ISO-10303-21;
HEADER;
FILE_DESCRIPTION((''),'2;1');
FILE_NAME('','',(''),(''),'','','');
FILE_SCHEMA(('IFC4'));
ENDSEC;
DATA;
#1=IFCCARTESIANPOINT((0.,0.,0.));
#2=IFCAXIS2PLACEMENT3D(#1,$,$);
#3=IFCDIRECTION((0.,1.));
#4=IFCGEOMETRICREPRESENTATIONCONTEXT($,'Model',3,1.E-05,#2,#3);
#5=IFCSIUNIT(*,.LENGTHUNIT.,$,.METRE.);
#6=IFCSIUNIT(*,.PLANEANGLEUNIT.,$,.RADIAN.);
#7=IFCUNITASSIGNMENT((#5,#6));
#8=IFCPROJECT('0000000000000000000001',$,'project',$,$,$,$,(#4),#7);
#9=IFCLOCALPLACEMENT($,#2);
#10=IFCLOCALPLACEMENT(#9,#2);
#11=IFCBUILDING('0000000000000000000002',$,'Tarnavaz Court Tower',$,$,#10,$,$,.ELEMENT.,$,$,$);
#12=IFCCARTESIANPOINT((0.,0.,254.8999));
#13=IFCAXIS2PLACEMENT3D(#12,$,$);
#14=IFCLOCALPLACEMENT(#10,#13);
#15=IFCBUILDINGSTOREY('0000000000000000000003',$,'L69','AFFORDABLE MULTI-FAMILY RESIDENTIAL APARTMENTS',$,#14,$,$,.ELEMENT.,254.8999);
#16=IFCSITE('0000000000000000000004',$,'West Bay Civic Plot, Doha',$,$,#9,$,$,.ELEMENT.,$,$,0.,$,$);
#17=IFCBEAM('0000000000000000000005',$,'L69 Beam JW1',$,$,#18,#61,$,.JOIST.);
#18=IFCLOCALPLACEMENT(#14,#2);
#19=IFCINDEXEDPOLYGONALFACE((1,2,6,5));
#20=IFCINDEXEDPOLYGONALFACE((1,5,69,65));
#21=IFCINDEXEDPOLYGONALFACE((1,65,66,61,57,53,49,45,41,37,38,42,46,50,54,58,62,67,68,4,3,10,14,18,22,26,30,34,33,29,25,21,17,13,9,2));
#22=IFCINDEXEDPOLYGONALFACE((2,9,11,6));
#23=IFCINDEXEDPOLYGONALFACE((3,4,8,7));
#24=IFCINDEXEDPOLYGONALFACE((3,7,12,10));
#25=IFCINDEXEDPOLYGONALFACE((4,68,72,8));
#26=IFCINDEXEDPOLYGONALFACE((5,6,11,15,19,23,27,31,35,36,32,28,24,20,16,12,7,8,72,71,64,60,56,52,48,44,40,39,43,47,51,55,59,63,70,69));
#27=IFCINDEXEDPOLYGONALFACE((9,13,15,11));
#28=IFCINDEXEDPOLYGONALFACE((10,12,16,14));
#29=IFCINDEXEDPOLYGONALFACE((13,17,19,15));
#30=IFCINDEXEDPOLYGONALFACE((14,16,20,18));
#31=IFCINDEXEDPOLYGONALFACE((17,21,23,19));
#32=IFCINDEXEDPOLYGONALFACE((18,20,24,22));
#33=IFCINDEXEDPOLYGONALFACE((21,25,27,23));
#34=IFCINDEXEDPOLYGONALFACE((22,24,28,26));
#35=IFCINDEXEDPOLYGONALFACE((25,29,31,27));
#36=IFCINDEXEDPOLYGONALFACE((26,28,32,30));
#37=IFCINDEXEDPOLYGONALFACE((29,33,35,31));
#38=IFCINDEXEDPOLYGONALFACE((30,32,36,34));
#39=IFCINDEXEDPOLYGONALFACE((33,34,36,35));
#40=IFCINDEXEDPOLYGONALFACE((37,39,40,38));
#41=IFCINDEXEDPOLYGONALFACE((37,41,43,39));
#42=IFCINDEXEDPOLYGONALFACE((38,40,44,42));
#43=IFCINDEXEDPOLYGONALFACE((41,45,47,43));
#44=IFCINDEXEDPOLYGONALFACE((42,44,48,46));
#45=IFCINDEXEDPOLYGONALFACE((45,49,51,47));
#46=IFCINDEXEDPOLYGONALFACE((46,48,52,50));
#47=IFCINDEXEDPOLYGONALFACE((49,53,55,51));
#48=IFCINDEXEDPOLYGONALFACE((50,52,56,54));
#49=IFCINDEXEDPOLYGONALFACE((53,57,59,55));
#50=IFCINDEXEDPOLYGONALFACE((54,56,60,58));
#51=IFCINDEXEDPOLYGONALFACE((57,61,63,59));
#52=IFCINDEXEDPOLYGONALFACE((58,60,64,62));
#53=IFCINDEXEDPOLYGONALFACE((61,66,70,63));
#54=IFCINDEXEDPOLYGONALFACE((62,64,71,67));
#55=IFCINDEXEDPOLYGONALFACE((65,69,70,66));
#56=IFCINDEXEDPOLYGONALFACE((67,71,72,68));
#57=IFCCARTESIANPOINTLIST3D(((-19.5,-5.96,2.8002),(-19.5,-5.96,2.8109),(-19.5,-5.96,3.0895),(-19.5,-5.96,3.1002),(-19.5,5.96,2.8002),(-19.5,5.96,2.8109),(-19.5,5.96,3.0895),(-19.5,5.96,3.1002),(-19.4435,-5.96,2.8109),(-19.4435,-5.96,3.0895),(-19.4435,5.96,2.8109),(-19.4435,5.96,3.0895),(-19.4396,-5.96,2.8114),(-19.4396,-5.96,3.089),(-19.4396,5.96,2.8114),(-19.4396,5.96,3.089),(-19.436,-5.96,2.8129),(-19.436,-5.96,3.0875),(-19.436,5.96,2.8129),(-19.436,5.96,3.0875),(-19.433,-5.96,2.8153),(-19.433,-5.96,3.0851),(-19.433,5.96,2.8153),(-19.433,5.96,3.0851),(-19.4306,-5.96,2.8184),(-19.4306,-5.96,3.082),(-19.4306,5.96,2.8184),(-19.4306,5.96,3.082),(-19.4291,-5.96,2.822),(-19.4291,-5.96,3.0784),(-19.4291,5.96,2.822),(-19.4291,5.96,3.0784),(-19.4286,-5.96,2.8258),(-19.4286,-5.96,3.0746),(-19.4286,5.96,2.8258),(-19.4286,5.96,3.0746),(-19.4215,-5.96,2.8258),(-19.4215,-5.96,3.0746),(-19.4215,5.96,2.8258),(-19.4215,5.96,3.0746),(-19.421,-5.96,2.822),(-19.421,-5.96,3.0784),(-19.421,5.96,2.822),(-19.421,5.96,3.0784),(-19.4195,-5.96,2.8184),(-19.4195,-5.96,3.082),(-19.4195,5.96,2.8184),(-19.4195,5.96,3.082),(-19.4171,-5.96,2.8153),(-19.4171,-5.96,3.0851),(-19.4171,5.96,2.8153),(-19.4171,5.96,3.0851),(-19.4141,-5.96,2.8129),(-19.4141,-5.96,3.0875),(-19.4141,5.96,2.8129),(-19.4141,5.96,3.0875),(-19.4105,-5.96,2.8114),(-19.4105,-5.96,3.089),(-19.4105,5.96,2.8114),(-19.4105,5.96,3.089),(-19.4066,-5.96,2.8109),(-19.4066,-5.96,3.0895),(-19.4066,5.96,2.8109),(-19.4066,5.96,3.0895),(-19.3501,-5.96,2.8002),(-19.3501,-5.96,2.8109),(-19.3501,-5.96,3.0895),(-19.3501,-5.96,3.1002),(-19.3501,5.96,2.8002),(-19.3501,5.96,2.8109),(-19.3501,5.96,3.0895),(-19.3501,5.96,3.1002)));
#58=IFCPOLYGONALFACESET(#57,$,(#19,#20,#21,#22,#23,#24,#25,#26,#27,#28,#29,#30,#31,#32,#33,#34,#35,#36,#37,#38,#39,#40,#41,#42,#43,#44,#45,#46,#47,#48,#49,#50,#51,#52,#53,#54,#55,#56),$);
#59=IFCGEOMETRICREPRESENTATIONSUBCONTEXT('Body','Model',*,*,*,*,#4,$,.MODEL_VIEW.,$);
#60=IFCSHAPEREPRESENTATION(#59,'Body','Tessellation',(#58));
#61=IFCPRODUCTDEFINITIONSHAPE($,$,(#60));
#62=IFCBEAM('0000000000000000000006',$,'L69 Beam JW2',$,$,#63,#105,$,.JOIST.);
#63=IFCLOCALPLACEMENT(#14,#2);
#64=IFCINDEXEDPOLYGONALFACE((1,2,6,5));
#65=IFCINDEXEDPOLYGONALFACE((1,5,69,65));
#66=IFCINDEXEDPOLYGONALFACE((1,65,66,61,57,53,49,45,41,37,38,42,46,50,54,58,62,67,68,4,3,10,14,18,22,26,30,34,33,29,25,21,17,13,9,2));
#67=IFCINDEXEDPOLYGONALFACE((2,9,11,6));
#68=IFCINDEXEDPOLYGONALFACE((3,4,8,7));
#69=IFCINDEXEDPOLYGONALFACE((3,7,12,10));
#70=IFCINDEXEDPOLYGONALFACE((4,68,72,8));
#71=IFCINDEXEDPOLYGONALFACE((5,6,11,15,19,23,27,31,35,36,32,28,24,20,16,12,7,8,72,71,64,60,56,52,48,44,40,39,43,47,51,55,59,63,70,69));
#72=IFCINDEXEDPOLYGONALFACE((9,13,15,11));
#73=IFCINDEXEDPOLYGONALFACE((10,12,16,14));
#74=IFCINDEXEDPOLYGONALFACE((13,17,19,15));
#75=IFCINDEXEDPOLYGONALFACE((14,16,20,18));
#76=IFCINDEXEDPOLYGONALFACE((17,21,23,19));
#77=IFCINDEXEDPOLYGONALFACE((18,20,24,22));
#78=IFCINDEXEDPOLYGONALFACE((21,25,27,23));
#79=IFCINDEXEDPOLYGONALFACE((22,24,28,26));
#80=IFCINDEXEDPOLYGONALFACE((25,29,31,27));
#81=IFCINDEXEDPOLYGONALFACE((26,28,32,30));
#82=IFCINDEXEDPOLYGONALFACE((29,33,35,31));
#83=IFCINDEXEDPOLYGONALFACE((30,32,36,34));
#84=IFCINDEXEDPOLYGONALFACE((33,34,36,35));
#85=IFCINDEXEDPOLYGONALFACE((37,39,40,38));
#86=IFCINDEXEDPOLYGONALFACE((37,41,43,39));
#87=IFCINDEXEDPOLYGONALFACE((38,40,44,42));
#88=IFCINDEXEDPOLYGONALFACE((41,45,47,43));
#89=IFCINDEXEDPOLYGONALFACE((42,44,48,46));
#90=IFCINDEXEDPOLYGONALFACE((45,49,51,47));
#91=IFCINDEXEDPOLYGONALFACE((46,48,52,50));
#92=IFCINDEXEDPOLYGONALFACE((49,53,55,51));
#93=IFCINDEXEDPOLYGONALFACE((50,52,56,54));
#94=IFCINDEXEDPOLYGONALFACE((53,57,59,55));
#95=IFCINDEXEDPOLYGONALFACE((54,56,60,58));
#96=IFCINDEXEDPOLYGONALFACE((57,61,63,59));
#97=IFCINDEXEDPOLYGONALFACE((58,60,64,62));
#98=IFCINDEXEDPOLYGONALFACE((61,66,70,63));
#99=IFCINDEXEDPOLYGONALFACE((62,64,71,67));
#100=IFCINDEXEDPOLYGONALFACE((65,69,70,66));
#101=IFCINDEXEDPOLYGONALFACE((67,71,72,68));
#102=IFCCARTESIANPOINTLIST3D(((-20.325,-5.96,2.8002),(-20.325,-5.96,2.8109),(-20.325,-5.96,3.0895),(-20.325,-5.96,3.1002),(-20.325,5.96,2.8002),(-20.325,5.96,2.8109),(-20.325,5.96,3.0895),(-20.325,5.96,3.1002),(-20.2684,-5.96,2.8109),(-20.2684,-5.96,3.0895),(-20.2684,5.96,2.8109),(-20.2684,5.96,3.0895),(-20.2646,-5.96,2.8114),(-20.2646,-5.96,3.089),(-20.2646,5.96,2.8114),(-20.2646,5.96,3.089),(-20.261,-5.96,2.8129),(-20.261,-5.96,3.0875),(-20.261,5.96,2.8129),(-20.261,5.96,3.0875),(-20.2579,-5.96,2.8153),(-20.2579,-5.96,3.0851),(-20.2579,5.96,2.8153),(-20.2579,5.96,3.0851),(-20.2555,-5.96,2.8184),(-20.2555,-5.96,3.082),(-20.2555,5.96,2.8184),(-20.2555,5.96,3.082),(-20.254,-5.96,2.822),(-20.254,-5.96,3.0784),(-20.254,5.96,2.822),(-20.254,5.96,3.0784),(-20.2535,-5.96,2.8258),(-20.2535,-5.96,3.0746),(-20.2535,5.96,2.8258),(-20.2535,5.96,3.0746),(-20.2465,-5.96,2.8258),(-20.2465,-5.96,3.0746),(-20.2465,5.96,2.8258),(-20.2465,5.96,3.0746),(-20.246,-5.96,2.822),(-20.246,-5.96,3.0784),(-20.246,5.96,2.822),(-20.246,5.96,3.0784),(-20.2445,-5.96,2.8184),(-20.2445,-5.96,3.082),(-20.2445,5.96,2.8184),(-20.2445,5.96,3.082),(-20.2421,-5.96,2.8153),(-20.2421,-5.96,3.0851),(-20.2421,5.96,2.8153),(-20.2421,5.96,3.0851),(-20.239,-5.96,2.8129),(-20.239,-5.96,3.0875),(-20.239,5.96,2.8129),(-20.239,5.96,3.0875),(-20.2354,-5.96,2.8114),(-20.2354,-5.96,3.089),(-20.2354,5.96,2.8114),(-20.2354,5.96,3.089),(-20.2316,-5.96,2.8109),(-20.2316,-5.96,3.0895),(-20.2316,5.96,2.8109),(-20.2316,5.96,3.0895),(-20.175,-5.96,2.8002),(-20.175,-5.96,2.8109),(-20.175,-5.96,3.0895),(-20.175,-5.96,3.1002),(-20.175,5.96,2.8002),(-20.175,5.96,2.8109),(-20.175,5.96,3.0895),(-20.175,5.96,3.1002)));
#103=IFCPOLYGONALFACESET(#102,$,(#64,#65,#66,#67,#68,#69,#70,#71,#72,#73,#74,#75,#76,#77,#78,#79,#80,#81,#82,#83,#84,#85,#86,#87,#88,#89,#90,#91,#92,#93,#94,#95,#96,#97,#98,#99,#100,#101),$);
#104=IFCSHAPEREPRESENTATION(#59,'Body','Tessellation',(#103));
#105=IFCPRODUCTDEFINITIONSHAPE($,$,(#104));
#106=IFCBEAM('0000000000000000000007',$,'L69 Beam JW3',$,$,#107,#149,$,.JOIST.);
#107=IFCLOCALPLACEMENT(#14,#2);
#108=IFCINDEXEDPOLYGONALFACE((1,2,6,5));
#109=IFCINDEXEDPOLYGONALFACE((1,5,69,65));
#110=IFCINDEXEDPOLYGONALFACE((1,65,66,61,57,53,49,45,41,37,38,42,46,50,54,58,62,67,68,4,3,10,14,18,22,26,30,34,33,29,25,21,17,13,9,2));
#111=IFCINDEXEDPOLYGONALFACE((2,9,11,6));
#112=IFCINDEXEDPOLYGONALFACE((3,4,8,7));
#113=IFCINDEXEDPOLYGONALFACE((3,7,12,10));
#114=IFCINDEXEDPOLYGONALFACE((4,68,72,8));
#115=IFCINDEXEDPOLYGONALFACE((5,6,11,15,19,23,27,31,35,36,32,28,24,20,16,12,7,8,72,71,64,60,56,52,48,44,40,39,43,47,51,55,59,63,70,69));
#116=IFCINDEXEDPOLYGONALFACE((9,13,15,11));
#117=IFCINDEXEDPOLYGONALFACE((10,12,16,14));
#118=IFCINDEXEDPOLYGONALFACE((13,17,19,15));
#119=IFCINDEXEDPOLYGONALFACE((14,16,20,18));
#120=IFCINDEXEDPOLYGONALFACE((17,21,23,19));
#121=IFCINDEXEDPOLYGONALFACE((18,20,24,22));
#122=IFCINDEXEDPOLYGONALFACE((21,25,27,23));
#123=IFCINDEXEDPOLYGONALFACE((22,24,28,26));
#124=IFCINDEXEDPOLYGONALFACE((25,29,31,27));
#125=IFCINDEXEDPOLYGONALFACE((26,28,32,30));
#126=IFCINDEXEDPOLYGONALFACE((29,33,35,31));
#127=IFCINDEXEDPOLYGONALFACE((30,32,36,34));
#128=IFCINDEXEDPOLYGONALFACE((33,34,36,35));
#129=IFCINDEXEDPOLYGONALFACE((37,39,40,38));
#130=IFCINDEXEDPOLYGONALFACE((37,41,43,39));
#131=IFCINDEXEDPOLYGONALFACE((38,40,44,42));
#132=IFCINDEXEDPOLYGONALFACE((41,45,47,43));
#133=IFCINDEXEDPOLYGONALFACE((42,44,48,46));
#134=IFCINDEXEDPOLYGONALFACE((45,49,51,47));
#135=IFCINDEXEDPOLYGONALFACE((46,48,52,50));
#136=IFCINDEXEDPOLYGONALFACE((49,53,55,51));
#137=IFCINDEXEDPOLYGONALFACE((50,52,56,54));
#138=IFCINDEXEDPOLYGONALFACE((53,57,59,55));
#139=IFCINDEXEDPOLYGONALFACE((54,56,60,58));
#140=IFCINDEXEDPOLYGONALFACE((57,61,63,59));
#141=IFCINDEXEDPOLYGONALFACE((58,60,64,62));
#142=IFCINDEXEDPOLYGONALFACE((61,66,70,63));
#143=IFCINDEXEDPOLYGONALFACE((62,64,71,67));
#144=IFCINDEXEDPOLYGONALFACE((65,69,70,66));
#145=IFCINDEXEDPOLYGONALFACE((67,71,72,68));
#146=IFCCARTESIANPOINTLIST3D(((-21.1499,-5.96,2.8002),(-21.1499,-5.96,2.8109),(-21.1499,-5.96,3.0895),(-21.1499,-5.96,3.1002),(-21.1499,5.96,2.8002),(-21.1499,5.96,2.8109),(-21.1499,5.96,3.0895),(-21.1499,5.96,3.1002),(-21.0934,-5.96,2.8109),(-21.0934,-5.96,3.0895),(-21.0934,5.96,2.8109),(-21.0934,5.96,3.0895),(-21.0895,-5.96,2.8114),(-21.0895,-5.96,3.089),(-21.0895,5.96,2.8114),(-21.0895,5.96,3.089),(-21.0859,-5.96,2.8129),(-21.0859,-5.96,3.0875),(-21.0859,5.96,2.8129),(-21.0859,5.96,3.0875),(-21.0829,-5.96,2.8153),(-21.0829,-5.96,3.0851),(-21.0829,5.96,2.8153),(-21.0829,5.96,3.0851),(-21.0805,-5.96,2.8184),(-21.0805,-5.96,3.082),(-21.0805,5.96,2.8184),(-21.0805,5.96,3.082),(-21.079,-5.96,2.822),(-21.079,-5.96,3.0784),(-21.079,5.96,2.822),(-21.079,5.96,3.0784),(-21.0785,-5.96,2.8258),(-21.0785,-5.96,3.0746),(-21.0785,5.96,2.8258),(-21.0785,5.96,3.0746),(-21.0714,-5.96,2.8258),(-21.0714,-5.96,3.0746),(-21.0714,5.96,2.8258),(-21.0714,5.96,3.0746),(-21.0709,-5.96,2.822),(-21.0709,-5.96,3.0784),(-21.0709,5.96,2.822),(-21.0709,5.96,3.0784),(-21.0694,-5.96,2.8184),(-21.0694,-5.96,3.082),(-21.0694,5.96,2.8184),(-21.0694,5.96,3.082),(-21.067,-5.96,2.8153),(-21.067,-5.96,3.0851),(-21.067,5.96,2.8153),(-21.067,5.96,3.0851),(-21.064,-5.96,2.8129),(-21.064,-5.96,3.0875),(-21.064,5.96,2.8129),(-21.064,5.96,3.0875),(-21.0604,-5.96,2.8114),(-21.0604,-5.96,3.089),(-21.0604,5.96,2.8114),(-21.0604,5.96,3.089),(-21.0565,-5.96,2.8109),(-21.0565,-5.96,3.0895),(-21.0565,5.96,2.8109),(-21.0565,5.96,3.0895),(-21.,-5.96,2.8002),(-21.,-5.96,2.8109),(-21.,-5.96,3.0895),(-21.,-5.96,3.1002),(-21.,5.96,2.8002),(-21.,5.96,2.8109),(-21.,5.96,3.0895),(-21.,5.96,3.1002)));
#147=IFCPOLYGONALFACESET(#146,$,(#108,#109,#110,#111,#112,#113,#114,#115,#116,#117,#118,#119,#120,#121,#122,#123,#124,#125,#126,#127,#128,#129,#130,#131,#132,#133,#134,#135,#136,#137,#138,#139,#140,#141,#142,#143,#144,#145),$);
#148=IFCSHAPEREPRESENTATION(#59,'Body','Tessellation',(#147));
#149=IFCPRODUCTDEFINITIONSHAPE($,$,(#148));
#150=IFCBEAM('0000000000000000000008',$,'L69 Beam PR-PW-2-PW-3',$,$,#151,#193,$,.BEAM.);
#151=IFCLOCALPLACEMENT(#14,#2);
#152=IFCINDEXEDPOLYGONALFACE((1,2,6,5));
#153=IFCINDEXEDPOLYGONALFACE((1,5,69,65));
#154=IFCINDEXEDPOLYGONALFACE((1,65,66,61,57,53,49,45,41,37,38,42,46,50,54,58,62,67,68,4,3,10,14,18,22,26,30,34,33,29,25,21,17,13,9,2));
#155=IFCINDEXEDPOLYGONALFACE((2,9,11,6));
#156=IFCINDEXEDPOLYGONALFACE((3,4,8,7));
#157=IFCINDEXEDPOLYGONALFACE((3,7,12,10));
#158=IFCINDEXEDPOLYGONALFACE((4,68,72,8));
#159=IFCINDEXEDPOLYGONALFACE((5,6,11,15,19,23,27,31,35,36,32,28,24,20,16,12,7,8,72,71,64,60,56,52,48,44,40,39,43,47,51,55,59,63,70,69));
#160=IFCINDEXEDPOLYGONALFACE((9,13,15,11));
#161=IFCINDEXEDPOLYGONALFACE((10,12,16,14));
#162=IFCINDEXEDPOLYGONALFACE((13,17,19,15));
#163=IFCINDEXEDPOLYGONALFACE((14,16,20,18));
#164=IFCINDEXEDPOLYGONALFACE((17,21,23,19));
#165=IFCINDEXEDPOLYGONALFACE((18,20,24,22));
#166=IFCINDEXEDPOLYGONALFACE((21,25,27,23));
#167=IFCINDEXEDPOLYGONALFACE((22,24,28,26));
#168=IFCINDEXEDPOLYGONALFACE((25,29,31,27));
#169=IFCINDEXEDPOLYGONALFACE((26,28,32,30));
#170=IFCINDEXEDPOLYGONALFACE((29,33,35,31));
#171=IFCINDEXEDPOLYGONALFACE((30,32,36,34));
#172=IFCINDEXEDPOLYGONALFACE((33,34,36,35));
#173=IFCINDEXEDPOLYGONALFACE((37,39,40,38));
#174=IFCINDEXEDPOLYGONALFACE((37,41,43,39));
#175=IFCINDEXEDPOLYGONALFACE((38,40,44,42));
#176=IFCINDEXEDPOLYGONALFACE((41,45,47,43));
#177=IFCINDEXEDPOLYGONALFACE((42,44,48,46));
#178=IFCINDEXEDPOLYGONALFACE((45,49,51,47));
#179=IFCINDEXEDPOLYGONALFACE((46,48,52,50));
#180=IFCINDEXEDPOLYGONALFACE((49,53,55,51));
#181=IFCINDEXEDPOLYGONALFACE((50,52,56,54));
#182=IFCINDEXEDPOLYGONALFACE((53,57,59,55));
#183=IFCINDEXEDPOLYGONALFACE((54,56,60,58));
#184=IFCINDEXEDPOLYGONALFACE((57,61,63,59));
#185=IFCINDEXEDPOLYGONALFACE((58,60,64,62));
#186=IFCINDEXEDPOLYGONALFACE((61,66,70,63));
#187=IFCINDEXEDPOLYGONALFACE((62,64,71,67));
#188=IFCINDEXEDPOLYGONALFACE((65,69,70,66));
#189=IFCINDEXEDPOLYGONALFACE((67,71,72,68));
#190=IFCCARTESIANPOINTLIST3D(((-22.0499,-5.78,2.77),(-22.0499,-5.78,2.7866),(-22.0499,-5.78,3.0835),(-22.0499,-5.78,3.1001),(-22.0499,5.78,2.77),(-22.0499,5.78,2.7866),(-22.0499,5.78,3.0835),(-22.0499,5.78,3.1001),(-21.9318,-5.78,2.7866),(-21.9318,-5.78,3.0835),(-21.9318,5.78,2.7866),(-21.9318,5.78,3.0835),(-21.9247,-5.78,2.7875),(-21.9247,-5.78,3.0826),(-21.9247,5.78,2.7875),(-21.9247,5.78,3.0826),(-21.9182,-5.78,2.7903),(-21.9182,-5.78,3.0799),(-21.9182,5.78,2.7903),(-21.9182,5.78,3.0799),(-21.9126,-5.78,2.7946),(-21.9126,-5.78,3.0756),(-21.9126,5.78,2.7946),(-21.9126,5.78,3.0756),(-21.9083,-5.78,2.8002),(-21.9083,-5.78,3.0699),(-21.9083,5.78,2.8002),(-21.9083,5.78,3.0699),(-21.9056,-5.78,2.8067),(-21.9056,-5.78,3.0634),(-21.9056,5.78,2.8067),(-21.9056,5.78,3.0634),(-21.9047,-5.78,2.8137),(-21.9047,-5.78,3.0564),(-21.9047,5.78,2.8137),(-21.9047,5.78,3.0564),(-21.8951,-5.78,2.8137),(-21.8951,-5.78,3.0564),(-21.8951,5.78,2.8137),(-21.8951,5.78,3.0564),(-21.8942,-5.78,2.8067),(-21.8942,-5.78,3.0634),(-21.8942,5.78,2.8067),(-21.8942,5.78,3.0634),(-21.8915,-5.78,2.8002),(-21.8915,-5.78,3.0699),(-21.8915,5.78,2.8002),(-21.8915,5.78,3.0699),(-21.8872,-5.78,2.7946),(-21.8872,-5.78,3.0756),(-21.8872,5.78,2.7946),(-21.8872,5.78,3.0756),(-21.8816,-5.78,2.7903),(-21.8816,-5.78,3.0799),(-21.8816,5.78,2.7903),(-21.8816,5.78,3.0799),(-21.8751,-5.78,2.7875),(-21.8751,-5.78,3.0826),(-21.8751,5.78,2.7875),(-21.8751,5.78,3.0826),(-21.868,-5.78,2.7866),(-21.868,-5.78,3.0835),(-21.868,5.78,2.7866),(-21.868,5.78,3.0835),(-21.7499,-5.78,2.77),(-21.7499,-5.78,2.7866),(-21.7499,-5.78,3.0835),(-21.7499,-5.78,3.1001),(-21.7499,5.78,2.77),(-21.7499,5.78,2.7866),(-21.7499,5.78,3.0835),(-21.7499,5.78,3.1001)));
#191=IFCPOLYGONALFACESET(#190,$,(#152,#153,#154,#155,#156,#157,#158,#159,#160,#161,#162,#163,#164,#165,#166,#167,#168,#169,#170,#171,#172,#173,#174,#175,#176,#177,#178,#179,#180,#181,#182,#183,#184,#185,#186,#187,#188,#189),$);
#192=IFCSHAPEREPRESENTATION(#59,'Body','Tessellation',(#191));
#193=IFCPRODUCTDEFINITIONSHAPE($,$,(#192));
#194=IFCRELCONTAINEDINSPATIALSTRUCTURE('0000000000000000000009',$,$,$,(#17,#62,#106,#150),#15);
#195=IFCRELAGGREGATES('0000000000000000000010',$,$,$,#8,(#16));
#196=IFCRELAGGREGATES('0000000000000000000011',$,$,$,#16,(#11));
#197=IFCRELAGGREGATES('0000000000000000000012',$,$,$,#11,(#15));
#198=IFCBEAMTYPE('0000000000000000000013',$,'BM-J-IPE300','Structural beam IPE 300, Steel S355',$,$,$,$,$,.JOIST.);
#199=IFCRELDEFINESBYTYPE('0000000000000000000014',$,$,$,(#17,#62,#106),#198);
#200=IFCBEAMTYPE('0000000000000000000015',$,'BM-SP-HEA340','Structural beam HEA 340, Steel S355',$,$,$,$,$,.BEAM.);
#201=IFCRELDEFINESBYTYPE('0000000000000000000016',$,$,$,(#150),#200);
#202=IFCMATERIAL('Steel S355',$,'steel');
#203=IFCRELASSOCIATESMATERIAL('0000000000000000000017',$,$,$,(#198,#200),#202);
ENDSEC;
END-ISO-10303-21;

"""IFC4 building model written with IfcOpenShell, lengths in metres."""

from ifc_helpers import new_model, si_unit, direction, frame, origin, origin_2d, place, context, subcontext, project, spatial, i_section, extrude, material, material_profile, profile_set, type_object, element, save


model = new_model("IFC4")

# Units and contexts
model_context = context("Model", 3, precision=1e-05, world=origin(), true_north=direction((0.0, 1.0)))
body_context = subcontext(model_context, "Body", "Model", "MODEL_VIEW")
ifc_project = project(units=[si_unit("LENGTHUNIT", "METRE"), si_unit("PLANEANGLEUNIT", "RADIAN")], contexts=[model_context])

# Site, building, storey
site_placement = place(None, origin())
site = spatial("IfcSite", under=ifc_project, at=site_placement, Name="West Bay Civic Plot, Doha", CompositionType="ELEMENT", RefElevation=0.0)
building_placement = place(site_placement, origin())
building = spatial("IfcBuilding", under=site, at=building_placement, Name="Tarnavaz Court Tower", CompositionType="ELEMENT")
storey_placement = place(building_placement, frame((0.0, 0.0, 254.8999)))
storey = spatial("IfcBuildingStorey", under=building, at=storey_placement, Name="L69", Description="AFFORDABLE MULTI-FAMILY RESIDENTIAL APARTMENTS", CompositionType="ELEMENT", Elevation=254.8999)

# Beams
ifc_material_1 = material(Name="Steel S355", Category="steel")
ifc_material_profile_1 = material_profile(ifc_material_1, i_section(OverallWidth=0.1499, OverallDepth=0.3, WebThickness=0.0071, FlangeThickness=0.0107, FilletRadius=0.0149, at=origin_2d()), Name="IPE 300")
ifc_profile_set_1 = profile_set([ifc_material_profile_1], Name="Steel S355")
beam_type_1 = type_object("IfcBeamType", Name="BM-J-IPE300", Description="Structural beam IPE 300, Steel S355", PredefinedType="JOIST", material=ifc_profile_set_1)
for number, where, z_axis, x_axis, name in (
    (1, (-19.425, -5.96, 2.9502), (0.0, 1.0, 0.0), (-1.0, 0.0, 0.0), "L69 Beam JW1"),
    (2, (-20.25, -5.96, 2.9502), (0.0, 1.0, 0.0), (-1.0, 0.0, 0.0), "L69 Beam JW2"),
    (3, (-21.075, -5.96, 2.9502), (0.0, 1.0, 0.0), (-1.0, 0.0, 0.0), "L69 Beam JW3"),
):
    element("IfcBeam", number, at=place(storey_placement, frame(where, z_axis=z_axis, x_axis=x_axis)), inside=storey, type_object=beam_type_1, Name=name, PredefinedType="JOIST", context=body_context, shape_type="SweptSolid", body=[
        extrude(i_section(OverallWidth=0.1499, OverallDepth=0.3, WebThickness=0.0071, FlangeThickness=0.0107, FilletRadius=0.0149, at=origin_2d()), origin(), (0.0, 0.0, 1.0), 11.9199),
    ])
ifc_material_profile_2 = material_profile(ifc_material_1, i_section(OverallWidth=0.3, OverallDepth=0.3301, WebThickness=0.0095, FlangeThickness=0.0166, FilletRadius=0.0271, at=origin_2d()), Name="HEA 340")
ifc_profile_set_2 = profile_set([ifc_material_profile_2], Name="Steel S355")
beam_type_2 = type_object("IfcBeamType", Name="BM-SP-HEA340", Description="Structural beam HEA 340, Steel S355", PredefinedType="BEAM", material=ifc_profile_set_2)
beam_1_placement = place(storey_placement, frame((-21.8999, -5.78, 2.9351), z_axis=(0.0, 1.0, 0.0), x_axis=(-1.0, 0.0, 0.0)))
element("IfcBeam", 4, at=beam_1_placement, inside=storey, type_object=beam_type_2, Name="L69 Beam PR-PW-2-PW-3", PredefinedType="BEAM", context=body_context, shape_type="SweptSolid", body=[
    extrude(i_section(OverallWidth=0.3, OverallDepth=0.3301, WebThickness=0.0095, FlangeThickness=0.0166, FilletRadius=0.0271, at=origin_2d()), origin(), (0.0, 0.0, 1.0), 11.5601),
])

save(model, "model.ifc")
